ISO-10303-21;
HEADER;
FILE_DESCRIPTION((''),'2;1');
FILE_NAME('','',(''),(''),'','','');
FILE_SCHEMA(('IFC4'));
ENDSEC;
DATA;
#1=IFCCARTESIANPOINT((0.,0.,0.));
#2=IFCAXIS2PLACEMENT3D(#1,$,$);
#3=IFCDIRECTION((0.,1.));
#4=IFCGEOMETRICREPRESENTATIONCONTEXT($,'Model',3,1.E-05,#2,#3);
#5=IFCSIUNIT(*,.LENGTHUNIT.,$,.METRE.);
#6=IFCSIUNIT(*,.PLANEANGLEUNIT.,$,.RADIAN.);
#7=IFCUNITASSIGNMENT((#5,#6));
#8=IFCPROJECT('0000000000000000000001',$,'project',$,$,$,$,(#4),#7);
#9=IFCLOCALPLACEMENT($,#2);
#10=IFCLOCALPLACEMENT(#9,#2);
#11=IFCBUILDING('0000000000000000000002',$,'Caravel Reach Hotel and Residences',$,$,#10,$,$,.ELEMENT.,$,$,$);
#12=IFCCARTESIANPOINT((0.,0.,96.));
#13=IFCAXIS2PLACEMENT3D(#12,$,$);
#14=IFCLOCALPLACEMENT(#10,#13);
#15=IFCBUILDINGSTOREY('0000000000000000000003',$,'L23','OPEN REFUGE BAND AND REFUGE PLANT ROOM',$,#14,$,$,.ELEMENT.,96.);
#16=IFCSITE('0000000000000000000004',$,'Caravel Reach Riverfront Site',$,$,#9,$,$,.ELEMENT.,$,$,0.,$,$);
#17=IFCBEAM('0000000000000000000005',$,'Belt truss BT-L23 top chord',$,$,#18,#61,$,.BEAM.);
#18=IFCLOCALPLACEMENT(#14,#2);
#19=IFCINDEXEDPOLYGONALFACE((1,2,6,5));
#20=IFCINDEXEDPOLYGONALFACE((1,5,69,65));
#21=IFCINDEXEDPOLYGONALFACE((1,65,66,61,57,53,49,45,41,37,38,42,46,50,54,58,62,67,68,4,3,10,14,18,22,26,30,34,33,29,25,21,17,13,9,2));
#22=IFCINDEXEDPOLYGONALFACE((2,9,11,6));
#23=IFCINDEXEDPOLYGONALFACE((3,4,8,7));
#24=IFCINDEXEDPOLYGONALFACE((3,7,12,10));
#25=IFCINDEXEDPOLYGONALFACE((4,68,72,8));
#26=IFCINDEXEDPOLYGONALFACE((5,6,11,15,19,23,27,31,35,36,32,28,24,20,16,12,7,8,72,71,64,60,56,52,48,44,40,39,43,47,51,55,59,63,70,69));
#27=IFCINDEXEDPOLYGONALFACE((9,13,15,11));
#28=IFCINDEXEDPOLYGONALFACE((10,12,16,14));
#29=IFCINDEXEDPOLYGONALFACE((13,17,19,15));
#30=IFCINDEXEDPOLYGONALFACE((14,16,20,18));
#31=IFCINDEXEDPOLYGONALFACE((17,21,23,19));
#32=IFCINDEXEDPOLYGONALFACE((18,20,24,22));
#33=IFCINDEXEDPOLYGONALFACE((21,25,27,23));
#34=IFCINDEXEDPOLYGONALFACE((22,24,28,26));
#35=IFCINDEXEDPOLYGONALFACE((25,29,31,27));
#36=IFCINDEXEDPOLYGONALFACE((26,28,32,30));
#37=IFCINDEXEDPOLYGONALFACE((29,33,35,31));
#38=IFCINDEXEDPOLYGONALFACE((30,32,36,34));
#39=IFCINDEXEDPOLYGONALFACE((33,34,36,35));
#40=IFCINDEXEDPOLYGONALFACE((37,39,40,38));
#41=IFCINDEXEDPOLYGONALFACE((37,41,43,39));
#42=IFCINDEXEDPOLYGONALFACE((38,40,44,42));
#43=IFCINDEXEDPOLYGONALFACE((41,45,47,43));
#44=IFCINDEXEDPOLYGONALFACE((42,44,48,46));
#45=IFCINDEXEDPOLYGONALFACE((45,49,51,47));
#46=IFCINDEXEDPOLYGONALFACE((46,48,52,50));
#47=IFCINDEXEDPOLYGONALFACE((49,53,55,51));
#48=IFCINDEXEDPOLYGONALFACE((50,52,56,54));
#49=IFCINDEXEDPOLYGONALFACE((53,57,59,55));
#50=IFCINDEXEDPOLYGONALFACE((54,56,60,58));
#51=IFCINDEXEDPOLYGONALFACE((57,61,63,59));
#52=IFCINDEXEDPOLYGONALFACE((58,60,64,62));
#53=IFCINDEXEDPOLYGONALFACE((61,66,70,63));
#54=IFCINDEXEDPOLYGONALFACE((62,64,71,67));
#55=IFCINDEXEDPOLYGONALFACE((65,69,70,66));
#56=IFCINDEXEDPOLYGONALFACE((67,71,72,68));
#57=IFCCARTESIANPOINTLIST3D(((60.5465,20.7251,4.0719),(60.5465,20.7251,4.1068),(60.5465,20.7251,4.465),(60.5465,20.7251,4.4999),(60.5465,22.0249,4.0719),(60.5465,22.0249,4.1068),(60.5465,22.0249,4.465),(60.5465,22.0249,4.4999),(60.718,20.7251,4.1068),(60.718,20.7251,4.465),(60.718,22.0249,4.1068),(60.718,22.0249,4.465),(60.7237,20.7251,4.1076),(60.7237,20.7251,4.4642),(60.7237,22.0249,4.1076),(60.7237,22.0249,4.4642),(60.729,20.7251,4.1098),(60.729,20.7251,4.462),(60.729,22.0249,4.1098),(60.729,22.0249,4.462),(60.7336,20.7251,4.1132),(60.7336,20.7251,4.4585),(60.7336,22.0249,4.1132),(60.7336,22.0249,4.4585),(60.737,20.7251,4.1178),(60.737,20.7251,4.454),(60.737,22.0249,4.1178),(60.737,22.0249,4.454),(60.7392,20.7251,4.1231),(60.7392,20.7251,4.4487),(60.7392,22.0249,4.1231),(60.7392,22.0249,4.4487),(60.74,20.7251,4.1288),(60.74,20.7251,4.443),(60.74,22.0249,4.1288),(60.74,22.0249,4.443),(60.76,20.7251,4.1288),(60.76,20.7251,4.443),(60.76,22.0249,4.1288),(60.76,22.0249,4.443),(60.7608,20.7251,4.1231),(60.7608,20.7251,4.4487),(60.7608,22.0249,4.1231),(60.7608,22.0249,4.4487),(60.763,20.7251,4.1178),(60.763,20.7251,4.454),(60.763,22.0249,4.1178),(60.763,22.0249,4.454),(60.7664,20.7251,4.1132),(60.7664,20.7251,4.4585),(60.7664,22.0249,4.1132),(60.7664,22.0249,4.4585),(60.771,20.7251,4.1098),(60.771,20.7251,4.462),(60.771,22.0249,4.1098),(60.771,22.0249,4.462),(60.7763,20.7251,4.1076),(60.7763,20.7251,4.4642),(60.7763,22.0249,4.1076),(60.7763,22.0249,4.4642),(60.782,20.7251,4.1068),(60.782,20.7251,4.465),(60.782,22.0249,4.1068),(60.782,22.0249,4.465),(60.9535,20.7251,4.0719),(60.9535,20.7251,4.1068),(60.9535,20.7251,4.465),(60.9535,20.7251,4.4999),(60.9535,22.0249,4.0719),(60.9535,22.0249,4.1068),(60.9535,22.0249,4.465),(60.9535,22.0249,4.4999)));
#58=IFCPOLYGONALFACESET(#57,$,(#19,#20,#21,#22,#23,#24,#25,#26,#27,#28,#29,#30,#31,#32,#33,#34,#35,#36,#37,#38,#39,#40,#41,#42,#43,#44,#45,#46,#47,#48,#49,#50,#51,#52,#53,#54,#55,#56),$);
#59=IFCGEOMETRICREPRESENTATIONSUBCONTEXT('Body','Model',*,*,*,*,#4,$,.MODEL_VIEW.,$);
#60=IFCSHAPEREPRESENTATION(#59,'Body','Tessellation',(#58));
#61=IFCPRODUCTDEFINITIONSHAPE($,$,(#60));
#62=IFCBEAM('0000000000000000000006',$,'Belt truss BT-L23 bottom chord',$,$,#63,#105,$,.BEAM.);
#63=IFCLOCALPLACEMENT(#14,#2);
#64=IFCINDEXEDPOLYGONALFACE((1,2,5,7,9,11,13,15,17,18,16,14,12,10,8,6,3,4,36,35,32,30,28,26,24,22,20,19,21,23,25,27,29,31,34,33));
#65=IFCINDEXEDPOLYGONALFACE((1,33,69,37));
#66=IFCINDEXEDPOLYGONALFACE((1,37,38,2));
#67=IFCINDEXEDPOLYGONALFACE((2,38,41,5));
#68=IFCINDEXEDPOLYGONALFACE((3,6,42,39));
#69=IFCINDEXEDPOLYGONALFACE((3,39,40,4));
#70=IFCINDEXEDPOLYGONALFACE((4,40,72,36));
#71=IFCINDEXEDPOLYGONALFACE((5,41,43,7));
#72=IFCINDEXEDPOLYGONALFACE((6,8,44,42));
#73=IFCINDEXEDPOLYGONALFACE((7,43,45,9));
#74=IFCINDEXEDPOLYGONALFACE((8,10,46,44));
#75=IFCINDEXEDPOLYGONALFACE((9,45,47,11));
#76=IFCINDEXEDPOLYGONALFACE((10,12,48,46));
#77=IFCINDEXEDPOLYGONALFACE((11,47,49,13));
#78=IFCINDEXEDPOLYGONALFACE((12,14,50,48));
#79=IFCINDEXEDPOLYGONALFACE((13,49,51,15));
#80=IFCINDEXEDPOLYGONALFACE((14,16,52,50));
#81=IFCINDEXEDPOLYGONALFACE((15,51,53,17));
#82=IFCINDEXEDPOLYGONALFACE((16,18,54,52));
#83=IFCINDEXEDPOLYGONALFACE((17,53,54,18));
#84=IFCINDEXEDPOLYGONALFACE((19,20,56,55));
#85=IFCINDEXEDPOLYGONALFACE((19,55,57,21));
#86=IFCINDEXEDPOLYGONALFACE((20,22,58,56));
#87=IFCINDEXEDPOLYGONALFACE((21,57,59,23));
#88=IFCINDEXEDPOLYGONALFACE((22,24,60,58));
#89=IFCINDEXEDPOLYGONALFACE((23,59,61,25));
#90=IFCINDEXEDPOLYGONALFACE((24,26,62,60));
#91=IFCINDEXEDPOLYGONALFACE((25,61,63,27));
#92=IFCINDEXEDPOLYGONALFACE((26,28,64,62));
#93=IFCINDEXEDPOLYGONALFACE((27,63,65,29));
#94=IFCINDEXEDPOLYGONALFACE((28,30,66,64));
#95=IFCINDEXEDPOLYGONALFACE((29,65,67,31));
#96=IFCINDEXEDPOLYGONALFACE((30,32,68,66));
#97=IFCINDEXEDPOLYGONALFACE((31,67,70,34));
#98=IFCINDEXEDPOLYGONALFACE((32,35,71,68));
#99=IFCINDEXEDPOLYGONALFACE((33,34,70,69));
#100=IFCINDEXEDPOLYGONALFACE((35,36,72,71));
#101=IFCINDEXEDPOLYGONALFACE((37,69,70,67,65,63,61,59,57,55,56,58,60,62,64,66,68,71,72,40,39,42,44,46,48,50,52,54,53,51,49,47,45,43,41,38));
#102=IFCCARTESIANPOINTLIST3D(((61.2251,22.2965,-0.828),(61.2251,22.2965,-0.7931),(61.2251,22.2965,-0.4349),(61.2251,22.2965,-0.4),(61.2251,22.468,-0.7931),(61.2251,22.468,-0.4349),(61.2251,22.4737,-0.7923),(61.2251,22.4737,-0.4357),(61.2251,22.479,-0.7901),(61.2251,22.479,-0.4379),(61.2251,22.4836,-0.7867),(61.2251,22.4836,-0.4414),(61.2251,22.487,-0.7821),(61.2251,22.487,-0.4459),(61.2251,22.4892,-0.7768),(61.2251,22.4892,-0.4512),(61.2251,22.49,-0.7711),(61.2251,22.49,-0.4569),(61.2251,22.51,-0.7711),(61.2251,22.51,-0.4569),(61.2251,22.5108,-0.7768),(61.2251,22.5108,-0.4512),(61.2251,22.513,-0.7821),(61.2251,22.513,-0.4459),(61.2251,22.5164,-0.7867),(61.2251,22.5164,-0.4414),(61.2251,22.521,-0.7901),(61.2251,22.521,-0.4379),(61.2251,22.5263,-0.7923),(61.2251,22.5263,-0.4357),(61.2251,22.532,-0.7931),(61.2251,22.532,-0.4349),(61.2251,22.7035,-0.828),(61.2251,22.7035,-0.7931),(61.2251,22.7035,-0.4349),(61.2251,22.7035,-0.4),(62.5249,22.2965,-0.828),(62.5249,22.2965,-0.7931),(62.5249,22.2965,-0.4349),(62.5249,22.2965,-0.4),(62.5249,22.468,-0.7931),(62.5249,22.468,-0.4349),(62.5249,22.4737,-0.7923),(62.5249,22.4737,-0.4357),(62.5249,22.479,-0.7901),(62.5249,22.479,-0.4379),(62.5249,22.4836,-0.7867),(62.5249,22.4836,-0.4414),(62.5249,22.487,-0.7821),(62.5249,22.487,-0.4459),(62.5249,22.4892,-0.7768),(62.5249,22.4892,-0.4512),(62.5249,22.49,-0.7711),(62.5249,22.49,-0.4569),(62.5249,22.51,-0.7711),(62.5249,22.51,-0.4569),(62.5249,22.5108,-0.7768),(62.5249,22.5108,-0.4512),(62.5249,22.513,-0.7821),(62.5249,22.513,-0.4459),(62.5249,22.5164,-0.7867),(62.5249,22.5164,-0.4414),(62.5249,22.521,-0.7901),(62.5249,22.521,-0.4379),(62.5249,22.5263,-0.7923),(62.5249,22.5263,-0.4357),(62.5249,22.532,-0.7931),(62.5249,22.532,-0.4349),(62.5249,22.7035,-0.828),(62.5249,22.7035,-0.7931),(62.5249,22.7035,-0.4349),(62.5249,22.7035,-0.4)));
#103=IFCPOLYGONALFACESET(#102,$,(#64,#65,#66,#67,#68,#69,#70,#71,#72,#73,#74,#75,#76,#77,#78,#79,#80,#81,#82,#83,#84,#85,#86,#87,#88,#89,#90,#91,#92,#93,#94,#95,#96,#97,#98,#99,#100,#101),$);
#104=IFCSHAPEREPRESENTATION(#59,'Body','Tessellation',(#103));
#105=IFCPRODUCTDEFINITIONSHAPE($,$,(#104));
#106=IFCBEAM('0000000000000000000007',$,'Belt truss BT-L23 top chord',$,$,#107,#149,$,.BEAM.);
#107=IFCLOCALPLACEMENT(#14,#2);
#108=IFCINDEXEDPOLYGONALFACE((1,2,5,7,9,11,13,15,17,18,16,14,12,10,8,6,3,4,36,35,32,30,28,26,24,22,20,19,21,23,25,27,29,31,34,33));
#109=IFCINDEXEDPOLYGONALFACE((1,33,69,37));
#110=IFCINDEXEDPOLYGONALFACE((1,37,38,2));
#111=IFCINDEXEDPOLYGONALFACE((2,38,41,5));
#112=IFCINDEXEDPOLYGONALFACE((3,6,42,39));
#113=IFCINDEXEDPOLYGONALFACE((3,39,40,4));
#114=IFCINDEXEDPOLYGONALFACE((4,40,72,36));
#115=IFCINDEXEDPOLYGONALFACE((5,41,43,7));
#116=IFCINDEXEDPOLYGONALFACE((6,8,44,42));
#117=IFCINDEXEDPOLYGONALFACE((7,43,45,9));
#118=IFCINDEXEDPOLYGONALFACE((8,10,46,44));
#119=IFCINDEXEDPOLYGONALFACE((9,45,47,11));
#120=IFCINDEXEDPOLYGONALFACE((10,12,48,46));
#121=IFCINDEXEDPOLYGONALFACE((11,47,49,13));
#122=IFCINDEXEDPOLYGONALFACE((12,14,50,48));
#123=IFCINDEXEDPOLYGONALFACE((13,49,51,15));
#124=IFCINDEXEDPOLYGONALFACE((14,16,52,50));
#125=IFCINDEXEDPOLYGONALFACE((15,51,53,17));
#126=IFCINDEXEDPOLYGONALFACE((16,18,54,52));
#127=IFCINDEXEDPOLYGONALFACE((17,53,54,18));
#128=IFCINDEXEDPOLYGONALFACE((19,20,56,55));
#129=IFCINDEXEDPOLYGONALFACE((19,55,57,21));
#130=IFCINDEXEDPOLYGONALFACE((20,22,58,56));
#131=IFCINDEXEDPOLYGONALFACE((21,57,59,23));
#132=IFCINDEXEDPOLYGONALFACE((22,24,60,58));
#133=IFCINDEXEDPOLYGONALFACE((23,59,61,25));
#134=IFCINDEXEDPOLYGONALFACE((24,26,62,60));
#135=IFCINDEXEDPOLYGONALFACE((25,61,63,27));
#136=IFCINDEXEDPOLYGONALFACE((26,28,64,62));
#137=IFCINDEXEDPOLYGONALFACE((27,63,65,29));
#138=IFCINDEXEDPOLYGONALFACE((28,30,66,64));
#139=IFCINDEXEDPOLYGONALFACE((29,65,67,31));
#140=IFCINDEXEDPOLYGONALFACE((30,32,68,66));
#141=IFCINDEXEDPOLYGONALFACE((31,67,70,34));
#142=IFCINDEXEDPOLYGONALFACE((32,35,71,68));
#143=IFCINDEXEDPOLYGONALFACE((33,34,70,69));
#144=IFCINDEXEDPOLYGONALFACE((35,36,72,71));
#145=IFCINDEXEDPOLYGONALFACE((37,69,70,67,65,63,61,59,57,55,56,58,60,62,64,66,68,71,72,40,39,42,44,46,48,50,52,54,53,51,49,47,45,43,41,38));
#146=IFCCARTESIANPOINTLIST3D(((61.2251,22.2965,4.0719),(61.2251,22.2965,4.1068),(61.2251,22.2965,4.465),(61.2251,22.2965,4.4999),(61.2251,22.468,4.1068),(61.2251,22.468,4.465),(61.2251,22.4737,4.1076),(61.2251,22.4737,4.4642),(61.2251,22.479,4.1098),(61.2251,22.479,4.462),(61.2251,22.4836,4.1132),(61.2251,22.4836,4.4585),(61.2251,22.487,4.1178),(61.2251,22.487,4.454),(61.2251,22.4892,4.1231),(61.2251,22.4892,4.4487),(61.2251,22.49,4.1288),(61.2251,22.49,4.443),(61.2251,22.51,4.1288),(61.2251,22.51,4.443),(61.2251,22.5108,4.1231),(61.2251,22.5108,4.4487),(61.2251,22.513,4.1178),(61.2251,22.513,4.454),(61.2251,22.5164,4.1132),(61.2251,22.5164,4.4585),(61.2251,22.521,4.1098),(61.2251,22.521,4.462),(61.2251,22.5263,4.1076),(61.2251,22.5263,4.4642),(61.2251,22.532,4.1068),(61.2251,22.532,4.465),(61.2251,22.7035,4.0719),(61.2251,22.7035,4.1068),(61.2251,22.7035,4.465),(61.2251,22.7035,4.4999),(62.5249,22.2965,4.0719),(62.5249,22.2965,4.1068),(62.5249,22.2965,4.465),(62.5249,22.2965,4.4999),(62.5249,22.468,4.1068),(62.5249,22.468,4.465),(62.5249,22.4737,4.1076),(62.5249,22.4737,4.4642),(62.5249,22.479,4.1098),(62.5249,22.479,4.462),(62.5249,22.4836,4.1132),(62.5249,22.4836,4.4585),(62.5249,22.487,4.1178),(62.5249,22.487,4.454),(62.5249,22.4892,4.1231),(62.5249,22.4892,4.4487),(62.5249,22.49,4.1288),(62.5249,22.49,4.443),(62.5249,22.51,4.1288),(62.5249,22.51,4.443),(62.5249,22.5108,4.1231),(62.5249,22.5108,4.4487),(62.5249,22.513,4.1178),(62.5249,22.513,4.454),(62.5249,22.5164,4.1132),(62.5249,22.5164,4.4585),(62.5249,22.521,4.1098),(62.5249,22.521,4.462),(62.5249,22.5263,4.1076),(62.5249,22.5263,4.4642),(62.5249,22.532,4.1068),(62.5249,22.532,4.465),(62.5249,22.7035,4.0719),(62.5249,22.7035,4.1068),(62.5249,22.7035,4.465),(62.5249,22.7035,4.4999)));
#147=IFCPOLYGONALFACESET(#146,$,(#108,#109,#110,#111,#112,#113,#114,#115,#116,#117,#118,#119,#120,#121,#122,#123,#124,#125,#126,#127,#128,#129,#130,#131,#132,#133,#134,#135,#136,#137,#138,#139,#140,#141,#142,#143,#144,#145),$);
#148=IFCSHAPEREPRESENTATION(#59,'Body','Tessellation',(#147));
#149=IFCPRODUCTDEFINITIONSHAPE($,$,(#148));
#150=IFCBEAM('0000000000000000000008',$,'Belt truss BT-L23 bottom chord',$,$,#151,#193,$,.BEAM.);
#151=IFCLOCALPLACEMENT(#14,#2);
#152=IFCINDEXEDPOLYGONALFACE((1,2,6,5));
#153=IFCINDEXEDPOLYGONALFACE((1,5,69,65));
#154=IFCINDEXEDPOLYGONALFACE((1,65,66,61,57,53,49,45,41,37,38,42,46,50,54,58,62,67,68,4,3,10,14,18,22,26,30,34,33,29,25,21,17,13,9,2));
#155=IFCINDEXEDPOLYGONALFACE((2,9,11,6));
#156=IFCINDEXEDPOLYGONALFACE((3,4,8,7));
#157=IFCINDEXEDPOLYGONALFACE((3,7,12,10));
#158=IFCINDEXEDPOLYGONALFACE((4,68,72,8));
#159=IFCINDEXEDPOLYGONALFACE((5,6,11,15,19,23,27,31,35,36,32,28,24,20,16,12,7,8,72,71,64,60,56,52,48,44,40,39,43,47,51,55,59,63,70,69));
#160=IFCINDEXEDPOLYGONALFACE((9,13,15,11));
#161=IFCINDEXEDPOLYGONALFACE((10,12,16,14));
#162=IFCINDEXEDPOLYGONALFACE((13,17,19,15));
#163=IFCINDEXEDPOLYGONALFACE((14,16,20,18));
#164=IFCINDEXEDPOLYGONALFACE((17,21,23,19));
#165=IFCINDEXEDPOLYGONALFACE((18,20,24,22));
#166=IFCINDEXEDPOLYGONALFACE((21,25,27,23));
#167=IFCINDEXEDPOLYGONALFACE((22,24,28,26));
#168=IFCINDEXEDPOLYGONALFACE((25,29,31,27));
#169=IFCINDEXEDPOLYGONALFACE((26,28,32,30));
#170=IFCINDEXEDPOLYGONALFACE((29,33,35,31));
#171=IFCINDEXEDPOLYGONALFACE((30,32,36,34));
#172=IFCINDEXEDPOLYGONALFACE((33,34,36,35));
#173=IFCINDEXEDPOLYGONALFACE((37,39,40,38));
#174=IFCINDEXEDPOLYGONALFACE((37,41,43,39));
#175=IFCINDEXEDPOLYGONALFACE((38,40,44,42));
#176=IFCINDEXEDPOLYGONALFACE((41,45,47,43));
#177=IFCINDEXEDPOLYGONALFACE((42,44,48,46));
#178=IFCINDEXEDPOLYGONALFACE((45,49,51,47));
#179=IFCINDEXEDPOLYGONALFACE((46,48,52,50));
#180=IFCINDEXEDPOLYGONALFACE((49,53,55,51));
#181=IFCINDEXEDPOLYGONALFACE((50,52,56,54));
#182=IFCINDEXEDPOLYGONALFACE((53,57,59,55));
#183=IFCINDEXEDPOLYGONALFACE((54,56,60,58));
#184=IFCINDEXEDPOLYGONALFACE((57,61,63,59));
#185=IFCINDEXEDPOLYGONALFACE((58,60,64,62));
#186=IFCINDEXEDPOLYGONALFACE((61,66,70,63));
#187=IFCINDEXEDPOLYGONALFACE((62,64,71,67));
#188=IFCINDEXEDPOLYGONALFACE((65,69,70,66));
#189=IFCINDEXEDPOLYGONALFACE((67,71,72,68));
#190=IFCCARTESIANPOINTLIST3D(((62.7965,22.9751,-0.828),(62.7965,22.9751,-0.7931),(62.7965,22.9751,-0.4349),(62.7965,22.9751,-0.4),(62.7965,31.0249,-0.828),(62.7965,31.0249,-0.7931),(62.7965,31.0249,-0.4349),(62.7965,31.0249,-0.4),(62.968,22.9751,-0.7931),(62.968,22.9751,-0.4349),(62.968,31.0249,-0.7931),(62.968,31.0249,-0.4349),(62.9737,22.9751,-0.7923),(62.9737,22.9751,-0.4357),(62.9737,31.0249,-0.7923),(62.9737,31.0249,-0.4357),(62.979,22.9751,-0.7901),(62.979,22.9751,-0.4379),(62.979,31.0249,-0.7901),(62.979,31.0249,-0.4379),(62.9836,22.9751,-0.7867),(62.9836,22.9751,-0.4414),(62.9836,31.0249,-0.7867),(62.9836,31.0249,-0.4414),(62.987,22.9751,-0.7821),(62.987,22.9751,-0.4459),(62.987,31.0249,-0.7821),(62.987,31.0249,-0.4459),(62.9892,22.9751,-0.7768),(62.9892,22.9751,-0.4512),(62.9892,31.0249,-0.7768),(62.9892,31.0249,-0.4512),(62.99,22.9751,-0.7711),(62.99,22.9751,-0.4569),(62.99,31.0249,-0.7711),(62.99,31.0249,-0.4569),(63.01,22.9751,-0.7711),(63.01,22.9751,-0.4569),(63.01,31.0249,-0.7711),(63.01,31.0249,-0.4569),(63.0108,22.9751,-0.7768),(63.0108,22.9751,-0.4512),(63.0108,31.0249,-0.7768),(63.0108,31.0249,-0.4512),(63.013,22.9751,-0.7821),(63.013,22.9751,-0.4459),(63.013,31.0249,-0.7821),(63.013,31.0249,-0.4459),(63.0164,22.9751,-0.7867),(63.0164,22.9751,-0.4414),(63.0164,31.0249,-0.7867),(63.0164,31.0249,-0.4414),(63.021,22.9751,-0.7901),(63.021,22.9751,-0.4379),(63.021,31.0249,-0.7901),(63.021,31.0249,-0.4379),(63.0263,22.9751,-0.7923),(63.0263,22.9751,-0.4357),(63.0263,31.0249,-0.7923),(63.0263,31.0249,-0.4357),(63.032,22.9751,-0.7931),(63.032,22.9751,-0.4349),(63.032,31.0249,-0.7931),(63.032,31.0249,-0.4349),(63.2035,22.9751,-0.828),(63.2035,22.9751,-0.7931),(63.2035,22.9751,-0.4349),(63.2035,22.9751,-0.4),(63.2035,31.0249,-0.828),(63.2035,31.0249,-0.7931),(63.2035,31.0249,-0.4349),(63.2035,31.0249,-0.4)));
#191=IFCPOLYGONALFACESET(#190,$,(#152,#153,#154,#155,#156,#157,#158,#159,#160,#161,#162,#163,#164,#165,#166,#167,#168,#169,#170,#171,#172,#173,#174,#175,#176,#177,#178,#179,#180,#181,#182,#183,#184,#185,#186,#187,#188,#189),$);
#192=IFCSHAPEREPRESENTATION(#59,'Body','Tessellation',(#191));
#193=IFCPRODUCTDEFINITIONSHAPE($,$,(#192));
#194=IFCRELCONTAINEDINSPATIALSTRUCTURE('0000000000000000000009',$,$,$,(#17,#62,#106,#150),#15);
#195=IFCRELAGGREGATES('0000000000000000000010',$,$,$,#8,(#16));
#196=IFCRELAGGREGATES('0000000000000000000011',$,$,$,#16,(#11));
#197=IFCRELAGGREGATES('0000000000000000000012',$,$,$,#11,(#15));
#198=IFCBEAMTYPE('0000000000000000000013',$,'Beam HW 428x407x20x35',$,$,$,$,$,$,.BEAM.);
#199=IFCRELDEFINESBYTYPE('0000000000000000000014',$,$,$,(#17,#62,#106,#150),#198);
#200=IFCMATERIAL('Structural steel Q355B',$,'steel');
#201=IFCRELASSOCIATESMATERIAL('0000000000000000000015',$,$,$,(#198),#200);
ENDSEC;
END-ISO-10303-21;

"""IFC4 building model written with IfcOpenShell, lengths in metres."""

from ifc_helpers import new_model, si_unit, direction, frame, origin, origin_2d, place, context, subcontext, project, spatial, i_section, extrude, material, material_profile, profile_set, type_object, element, save


model = new_model("IFC4")

# Units and contexts
model_context = context("Model", 3, precision=1e-05, world=origin(), true_north=direction((0.0, 1.0)))
body_context = subcontext(model_context, "Body", "Model", "MODEL_VIEW")
ifc_project = project(units=[si_unit("LENGTHUNIT", "METRE"), si_unit("PLANEANGLEUNIT", "RADIAN")], contexts=[model_context])

# Site, building, storey
site_placement = place(None, origin())
site = spatial("IfcSite", under=ifc_project, at=site_placement, Name="Caravel Reach Riverfront Site", CompositionType="ELEMENT", RefElevation=0.0)
building_placement = place(site_placement, origin())
building = spatial("IfcBuilding", under=site, at=building_placement, Name="Caravel Reach Hotel and Residences", CompositionType="ELEMENT")
storey_placement = place(building_placement, frame((0.0, 0.0, 96.0)))
storey = spatial("IfcBuildingStorey", under=building, at=storey_placement, Name="L23", Description="OPEN REFUGE BAND AND REFUGE PLANT ROOM", CompositionType="ELEMENT", Elevation=96.0)

# Beams
ifc_material_1 = material(Name="Structural steel Q355B", Category="steel")
ifc_material_profile_1 = material_profile(ifc_material_1, i_section(OverallWidth=0.407, OverallDepth=0.428, WebThickness=0.02, FlangeThickness=0.0349, FilletRadius=0.022, at=origin_2d()), Name="HW 428x407x20x35")
ifc_profile_set_1 = profile_set([ifc_material_profile_1], Name="Structural steel Q355B")
beam_type = type_object("IfcBeamType", Name="Beam HW 428x407x20x35", PredefinedType="BEAM", material=ifc_profile_set_1)
for number, where, z_axis, x_axis, name in (
    (1, (60.75, 20.7251, 4.2859), (0.0, 1.0, 0.0), (-1.0, 0.0, 0.0), "Belt truss BT-L23 top chord"),
    (2, (61.2251, 22.5, -0.614), (1.0, 0.0, 0.0), (0.0, 1.0, 0.0), "Belt truss BT-L23 bottom chord"),
    (3, (61.2251, 22.5, 4.2859), (1.0, 0.0, 0.0), (0.0, 1.0, 0.0), "Belt truss BT-L23 top chord"),
):
    element("IfcBeam", number, at=place(storey_placement, frame(where, z_axis=z_axis, x_axis=x_axis)), inside=storey, type_object=beam_type, Name=name, PredefinedType="BEAM", context=body_context, shape_type="SweptSolid", body=[
        extrude(i_section(OverallWidth=0.407, OverallDepth=0.428, WebThickness=0.02, FlangeThickness=0.0349, FilletRadius=0.022, at=origin_2d()), origin(), (0.0, 0.0, 1.0), 1.2998),
    ])
for number, where, z_axis, x_axis, name in (
    (4, (63.0, 22.9751, -0.614), (0.0, 1.0, 0.0), (-1.0, 0.0, 0.0), "Belt truss BT-L23 bottom chord"),
):
    element("IfcBeam", number, at=place(storey_placement, frame(where, z_axis=z_axis, x_axis=x_axis)), inside=storey, type_object=beam_type, Name=name, PredefinedType="BEAM", context=body_context, shape_type="SweptSolid", body=[
        extrude(i_section(OverallWidth=0.407, OverallDepth=0.428, WebThickness=0.02, FlangeThickness=0.0349, FilletRadius=0.022, at=origin_2d()), origin(), (0.0, 0.0, 1.0), 8.0498),
    ])

save(model, "model.ifc")
